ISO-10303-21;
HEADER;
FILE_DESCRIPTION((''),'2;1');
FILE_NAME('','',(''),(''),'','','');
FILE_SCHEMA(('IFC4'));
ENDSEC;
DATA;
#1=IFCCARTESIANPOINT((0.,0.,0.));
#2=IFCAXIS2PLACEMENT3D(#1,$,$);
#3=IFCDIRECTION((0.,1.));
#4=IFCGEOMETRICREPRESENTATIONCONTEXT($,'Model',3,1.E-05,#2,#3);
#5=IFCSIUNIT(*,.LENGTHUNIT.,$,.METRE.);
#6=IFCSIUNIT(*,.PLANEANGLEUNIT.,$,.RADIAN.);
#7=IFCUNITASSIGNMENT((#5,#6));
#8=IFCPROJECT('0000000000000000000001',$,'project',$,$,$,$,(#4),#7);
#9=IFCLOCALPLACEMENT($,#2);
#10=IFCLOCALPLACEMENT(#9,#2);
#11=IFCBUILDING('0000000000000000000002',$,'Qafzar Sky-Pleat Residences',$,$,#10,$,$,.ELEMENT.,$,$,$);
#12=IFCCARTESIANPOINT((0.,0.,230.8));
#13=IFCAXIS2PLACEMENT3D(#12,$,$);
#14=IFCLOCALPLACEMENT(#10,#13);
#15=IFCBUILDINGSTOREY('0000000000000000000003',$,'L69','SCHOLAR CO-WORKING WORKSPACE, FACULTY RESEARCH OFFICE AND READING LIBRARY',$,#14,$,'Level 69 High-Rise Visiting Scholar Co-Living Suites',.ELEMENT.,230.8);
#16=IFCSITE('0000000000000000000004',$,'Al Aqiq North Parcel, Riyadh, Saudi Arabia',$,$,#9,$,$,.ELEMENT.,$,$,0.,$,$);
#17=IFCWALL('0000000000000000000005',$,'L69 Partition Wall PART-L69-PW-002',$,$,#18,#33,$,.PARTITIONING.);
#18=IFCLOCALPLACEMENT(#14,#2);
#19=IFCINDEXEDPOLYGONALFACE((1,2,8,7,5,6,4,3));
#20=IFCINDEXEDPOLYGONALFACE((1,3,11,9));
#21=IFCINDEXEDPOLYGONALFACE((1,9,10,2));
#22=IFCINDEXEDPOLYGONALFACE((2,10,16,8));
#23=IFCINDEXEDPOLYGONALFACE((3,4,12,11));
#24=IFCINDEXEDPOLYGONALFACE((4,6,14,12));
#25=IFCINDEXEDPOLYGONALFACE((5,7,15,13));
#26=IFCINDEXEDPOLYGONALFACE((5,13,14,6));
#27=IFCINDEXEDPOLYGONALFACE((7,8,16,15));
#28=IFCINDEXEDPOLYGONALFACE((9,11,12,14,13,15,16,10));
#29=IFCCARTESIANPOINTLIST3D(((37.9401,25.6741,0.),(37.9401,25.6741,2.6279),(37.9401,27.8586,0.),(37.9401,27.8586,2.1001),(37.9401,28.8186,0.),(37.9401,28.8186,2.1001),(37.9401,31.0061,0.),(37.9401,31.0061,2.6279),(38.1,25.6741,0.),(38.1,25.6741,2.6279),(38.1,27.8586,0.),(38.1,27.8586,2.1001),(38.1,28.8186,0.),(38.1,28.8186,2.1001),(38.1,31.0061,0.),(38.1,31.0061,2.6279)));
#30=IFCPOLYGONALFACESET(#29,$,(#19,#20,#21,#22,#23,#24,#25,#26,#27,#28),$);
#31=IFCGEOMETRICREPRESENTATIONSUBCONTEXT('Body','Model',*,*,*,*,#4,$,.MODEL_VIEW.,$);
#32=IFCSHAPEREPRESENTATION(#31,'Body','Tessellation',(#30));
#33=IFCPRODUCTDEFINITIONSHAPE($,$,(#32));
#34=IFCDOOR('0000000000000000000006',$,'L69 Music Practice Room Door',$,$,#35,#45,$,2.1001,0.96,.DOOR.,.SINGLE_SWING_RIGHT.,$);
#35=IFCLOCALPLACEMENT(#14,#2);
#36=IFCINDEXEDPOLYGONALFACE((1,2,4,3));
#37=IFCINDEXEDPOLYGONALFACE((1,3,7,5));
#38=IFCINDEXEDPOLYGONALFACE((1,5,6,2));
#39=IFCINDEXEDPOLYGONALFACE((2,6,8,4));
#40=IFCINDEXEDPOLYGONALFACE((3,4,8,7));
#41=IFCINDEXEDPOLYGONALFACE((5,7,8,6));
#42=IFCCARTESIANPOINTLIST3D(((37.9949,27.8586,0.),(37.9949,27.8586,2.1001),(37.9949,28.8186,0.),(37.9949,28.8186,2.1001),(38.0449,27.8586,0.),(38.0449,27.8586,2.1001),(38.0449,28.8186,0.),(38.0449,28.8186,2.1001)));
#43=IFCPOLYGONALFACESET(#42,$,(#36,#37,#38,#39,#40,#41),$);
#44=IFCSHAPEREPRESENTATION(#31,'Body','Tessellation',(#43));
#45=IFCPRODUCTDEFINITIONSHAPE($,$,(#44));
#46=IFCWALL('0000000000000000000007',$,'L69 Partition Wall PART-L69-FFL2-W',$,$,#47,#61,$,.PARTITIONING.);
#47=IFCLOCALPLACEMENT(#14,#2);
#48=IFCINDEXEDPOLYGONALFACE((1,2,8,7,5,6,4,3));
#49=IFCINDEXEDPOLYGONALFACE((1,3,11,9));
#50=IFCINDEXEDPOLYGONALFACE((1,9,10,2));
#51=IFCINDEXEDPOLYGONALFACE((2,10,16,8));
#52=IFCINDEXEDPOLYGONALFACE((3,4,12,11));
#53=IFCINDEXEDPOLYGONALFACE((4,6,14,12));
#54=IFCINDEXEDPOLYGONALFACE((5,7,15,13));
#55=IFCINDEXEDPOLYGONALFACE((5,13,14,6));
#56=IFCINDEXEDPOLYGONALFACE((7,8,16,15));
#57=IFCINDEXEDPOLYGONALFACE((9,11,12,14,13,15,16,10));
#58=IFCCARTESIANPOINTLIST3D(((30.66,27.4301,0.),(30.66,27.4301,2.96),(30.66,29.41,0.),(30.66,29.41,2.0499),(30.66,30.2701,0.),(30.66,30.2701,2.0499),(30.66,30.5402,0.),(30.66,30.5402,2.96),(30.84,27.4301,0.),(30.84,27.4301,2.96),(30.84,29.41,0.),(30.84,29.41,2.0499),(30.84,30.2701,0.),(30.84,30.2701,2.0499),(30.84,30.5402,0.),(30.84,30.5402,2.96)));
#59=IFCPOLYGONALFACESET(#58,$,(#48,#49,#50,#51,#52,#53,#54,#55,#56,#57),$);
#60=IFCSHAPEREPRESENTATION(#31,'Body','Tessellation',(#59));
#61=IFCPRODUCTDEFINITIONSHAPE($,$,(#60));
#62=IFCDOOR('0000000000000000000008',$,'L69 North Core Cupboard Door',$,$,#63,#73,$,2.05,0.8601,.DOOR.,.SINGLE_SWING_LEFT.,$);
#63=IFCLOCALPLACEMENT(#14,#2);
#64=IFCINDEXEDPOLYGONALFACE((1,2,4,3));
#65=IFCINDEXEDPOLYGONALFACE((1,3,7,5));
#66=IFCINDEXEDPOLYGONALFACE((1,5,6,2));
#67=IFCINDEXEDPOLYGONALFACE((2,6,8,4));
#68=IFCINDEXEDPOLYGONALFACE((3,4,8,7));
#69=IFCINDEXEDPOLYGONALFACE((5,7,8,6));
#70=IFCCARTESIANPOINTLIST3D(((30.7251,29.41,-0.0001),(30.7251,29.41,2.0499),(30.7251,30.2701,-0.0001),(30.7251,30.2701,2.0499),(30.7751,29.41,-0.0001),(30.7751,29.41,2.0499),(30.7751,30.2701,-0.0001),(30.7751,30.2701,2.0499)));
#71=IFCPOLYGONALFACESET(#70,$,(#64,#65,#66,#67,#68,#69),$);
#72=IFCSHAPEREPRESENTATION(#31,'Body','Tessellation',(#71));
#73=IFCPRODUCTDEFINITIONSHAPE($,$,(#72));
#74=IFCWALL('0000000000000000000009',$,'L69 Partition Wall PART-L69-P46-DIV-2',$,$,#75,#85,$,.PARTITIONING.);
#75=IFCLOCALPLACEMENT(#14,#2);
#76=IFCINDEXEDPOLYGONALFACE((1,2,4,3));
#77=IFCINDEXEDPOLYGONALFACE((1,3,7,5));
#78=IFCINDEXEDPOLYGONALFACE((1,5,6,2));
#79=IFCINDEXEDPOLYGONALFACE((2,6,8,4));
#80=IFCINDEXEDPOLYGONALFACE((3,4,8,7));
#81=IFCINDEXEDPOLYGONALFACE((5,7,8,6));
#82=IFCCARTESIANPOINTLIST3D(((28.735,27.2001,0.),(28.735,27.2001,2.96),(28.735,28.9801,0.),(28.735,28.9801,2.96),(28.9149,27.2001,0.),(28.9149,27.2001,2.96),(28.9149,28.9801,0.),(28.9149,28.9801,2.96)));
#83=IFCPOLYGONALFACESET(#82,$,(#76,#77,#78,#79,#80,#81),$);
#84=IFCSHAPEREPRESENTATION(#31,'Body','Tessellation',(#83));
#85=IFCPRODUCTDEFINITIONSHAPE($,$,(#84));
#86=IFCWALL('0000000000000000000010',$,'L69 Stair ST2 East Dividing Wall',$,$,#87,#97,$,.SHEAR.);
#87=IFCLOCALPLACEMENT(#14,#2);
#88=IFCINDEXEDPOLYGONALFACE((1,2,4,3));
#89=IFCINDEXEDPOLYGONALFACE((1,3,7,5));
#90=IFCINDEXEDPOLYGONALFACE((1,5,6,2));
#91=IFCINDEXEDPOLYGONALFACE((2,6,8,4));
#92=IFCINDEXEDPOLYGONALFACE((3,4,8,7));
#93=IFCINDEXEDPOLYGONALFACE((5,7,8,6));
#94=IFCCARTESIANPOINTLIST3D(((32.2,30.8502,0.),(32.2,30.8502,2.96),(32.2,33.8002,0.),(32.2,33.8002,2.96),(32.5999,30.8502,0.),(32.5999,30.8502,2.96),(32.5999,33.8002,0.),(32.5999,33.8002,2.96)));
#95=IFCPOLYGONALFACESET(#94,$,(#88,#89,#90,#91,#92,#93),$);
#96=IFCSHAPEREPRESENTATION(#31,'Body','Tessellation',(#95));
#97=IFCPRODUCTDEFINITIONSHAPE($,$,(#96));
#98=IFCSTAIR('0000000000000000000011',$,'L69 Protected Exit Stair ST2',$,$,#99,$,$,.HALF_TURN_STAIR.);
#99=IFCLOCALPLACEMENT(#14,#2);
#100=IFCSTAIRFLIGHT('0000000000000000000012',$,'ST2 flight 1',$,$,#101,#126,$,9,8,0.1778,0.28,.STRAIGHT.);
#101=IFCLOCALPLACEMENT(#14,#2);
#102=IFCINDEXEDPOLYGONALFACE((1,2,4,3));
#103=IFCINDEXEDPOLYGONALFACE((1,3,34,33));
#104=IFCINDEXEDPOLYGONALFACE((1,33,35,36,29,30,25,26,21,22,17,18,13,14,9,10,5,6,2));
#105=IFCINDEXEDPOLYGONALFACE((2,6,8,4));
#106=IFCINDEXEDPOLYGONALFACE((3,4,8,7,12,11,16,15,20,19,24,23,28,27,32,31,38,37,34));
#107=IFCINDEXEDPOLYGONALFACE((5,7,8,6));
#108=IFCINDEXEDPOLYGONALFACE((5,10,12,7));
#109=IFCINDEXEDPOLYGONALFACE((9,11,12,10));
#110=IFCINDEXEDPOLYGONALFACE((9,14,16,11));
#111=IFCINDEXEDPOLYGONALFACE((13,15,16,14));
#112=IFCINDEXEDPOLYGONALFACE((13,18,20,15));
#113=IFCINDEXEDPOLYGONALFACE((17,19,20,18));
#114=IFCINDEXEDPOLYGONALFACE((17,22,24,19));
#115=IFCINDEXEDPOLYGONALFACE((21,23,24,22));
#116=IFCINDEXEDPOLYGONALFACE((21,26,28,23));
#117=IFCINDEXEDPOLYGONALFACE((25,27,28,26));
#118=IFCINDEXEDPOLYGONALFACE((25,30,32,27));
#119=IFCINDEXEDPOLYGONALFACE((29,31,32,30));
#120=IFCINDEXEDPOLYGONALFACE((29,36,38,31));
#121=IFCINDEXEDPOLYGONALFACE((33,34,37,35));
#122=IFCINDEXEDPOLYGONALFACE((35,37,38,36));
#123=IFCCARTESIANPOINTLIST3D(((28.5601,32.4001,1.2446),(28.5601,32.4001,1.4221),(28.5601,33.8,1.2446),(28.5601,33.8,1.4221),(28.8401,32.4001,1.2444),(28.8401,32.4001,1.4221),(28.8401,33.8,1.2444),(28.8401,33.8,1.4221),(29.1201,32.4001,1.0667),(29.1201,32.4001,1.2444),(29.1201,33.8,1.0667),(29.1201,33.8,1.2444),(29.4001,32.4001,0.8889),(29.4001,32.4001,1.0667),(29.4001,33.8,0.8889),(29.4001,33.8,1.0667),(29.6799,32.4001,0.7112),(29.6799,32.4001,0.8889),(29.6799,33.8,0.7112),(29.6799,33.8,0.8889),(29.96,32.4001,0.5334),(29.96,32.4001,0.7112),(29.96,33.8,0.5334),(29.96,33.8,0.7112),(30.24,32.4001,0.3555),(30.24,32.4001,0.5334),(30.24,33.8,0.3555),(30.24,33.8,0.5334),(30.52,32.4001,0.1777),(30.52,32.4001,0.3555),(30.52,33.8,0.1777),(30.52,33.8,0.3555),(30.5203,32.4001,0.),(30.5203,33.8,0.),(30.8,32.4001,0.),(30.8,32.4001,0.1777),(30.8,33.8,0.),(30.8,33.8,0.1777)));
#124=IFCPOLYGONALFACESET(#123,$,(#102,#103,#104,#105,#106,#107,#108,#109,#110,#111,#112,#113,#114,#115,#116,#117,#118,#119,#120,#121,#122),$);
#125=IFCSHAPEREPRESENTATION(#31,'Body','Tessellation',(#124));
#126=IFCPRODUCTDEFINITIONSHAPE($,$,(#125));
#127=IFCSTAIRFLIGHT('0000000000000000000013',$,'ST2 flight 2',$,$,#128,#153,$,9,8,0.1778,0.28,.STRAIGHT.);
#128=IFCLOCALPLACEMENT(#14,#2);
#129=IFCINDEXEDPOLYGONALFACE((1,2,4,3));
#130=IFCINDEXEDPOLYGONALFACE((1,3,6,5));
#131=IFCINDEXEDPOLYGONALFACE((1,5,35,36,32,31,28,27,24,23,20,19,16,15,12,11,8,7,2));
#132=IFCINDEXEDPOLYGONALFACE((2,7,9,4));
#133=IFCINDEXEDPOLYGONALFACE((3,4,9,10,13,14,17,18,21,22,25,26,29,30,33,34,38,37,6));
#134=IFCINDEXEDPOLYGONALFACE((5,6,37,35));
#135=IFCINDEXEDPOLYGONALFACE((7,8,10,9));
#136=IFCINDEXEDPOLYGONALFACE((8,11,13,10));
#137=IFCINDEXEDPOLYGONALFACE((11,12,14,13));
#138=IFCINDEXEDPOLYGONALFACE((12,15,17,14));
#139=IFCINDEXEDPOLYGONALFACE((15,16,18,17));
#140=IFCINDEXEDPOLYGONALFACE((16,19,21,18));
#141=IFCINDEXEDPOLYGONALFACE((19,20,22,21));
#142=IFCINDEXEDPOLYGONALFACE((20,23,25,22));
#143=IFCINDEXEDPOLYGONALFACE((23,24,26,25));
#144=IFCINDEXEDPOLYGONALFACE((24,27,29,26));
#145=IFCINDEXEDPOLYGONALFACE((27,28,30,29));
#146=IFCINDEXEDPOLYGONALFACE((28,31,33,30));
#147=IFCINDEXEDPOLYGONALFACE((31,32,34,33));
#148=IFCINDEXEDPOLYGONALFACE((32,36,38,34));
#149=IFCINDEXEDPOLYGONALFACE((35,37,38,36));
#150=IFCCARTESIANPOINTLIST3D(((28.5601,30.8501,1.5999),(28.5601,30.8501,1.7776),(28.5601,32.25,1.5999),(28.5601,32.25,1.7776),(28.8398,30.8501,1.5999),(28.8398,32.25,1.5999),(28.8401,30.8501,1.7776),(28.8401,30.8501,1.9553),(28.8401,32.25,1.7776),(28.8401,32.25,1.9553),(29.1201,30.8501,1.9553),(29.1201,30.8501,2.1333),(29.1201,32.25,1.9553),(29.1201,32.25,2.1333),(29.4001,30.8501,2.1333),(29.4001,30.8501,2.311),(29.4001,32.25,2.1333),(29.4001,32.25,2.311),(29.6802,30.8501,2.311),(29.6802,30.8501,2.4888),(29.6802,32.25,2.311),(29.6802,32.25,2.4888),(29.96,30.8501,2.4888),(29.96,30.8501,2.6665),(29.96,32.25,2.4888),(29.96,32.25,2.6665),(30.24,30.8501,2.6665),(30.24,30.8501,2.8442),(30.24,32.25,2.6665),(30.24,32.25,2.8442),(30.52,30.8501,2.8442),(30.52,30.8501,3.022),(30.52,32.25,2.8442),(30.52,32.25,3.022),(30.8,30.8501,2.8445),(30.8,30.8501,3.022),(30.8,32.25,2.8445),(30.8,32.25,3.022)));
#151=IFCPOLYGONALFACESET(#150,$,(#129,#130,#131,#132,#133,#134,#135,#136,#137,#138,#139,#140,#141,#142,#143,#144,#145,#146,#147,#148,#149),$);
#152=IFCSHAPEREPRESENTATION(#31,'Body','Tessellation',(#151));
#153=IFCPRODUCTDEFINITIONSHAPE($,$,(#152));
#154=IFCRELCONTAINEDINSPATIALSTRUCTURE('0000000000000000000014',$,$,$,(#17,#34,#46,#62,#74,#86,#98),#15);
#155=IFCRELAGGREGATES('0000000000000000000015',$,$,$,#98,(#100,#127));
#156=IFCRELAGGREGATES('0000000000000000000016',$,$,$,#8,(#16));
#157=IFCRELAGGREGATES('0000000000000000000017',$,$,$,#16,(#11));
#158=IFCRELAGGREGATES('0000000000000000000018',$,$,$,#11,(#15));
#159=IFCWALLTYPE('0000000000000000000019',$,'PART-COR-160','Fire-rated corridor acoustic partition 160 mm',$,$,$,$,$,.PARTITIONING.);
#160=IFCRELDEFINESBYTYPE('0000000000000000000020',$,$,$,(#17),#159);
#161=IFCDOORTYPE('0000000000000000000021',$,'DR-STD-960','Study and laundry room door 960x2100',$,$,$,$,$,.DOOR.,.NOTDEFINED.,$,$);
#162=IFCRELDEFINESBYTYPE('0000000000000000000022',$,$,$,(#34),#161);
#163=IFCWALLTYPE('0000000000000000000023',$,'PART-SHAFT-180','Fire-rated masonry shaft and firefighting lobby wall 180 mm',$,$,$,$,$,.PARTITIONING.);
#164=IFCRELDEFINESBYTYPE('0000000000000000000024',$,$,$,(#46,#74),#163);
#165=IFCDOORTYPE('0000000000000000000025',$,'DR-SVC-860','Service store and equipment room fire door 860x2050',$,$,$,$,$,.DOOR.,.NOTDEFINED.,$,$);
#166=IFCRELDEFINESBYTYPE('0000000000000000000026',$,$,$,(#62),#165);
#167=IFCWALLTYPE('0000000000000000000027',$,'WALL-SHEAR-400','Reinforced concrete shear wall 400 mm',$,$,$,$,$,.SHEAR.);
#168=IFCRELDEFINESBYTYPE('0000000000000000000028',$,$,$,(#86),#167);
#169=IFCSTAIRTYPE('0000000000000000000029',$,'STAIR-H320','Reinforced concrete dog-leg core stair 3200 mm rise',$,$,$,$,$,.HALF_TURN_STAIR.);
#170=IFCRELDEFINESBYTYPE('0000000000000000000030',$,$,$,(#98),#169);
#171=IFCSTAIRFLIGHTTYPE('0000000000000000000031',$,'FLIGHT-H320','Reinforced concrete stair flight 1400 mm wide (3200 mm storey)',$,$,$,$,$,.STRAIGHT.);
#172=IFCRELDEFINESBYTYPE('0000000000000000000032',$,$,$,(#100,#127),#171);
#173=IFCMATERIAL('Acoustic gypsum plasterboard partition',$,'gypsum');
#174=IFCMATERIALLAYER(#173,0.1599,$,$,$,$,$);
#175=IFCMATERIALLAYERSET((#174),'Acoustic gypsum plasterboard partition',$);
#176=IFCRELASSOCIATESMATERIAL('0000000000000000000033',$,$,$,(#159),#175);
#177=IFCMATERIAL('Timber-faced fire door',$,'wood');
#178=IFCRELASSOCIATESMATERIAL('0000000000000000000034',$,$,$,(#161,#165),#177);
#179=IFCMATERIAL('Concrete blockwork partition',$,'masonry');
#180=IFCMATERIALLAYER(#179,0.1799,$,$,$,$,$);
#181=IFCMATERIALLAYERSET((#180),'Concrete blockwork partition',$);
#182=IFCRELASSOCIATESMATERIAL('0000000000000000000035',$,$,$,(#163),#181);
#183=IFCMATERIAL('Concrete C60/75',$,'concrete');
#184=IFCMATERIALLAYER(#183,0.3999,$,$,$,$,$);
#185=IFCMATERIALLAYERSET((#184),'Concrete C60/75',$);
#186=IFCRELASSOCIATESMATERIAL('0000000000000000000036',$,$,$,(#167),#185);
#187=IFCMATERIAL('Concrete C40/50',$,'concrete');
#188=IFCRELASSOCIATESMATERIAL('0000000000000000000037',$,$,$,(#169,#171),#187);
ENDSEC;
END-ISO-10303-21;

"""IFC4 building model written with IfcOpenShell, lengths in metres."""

from ifc_helpers import new_model, si_unit, direction, frame, frame_2d, origin, place, context, subcontext, project, spatial, polyline, rectangle, outline, extrude, source, transform, mapped, material, layer, layer_set, type_object, element, fill, aggregate, save


model = new_model("IFC4")

# Units and contexts
model_context = context("Model", 3, precision=1e-05, world=origin(), true_north=direction((0.0, 1.0)))
body_context = subcontext(model_context, "Body", "Model", "MODEL_VIEW")
ifc_project = project(units=[si_unit("LENGTHUNIT", "METRE"), si_unit("PLANEANGLEUNIT", "RADIAN")], contexts=[model_context])

# Site, building, storey
site_placement = place(None, origin())
site = spatial("IfcSite", under=ifc_project, at=site_placement, Name="Al Aqiq North Parcel, Riyadh, Saudi Arabia", CompositionType="ELEMENT", RefElevation=0.0)
building_placement = place(site_placement, origin())
building = spatial("IfcBuilding", under=site, at=building_placement, Name="Qafzar Sky-Pleat Residences", CompositionType="ELEMENT")
storey_placement = place(building_placement, frame((0.0, 0.0, 230.8)))
storey = spatial("IfcBuildingStorey", under=building, at=storey_placement, Name="L69", Description="SCHOLAR CO-WORKING WORKSPACE, FACULTY RESEARCH OFFICE AND READING LIBRARY", LongName="Level 69 High-Rise Visiting Scholar Co-Living Suites", CompositionType="ELEMENT", Elevation=230.8)

# Walls, openings, doors
ifc_material_1 = material(Name="Acoustic gypsum plasterboard partition", Category="gypsum")
ifc_layer_1 = layer(ifc_material_1, 0.1599)
ifc_layer_set_1 = layer_set([ifc_layer_1], Name="Acoustic gypsum plasterboard partition")
wall_type_1 = type_object("IfcWallType", Name="PART-COR-160", Description="Fire-rated corridor acoustic partition 160 mm", PredefinedType="PARTITIONING", material=ifc_layer_set_1)
wall_1_placement = place(storey_placement, frame((38.02, 31.0061, 0.0), z_axis=(0.0, 0.0, 1.0), x_axis=(0.0, -1.0, 0.0)))
wall_1 = element("IfcWall", 1, at=wall_1_placement, inside=storey, type_object=wall_type_1, Name="L69 Partition Wall PART-L69-PW-002", PredefinedType="PARTITIONING", context=body_context, shape_type="SweptSolid", body=[
    extrude(rectangle(XDim=5.332, YDim=0.1599, at=frame_2d((2.666, 0.0))), origin(), (0.0, 0.0, 1.0), 2.6279),
])
opening_1_placement = place(wall_1_placement, frame((2.1875, 0.0, 0.0)))
opening_1 = element("IfcOpeningElement", 2, at=opening_1_placement, cuts=wall_1, PredefinedType="OPENING", context=body_context, shape_type="SweptSolid", body=[
    extrude(rectangle(XDim=0.96, YDim=2.1001, at=frame_2d((0.48, 1.05))), frame((0.0, 0.0898, 0.0), z_axis=(0.0, -1.0, 0.0), x_axis=(1.0, 0.0, 0.0)), (0.0, 0.0, 1.0), 0.1799),
])
ifc_material_2 = material(Name="Timber-faced fire door", Category="wood")
door_type_1 = type_object("IfcDoorType", Name="DR-STD-960", Description="Study and laundry room door 960x2100", OperationType="NOTDEFINED", PredefinedType="DOOR", material=ifc_material_2)
shared_shape_1 = source(origin(), body_context, "Body", "SweptSolid", [
    extrude(rectangle(XDim=0.96, YDim=2.1001, at=frame_2d((0.48, 1.05))), frame((0.0, 0.0249, 0.0), z_axis=(0.0, -1.0, 0.0), x_axis=(1.0, 0.0, 0.0)), (0.0, 0.0, 1.0), 0.05),
])
door_1_placement = place(opening_1_placement, origin())
door_1 = element("IfcDoor", 3, at=door_1_placement, inside=storey, type_object=door_type_1, Name="L69 Music Practice Room Door", OperationType="SINGLE_SWING_RIGHT", OverallHeight=2.1001, OverallWidth=0.96, PredefinedType="DOOR", context=body_context, shape_type="MappedRepresentation", body=[
    mapped(shared_shape_1, transform((0.0, 0.0, 0.0), x_axis=(1.0, 0.0, 0.0), y_axis=(0.0, 1.0, 0.0), z_axis=(0.0, 0.0, 1.0), scale=1.0)),
])
fill(opening_1, door_1)
ifc_material_3 = material(Name="Concrete blockwork partition", Category="masonry")
ifc_layer_2 = layer(ifc_material_3, 0.1799)
ifc_layer_set_2 = layer_set([ifc_layer_2], Name="Concrete blockwork partition")
wall_type_2 = type_object("IfcWallType", Name="PART-SHAFT-180", Description="Fire-rated masonry shaft and firefighting lobby wall 180 mm", PredefinedType="PARTITIONING", material=ifc_layer_set_2)
wall_2_placement = place(storey_placement, frame((30.75, 27.4299, 0.0), z_axis=(0.0, 0.0, 1.0), x_axis=(0.0, 1.0, 0.0)))
wall_2 = element("IfcWall", 4, at=wall_2_placement, inside=storey, type_object=wall_type_2, Name="L69 Partition Wall PART-L69-FFL2-W", PredefinedType="PARTITIONING", context=body_context, shape_type="SweptSolid", body=[
    extrude(rectangle(XDim=3.1101, YDim=0.1799, at=frame_2d((1.5552, 0.0))), origin(), (0.0, 0.0, 1.0), 2.96),
])
opening_2_placement = place(wall_2_placement, frame((1.98, 0.0, 0.0)))
opening_2 = element("IfcOpeningElement", 5, at=opening_2_placement, cuts=wall_2, PredefinedType="OPENING", context=body_context, shape_type="SweptSolid", body=[
    extrude(rectangle(XDim=0.8601, YDim=2.05, at=frame_2d((0.4302, 1.0249))), frame((0.0, 0.1001, 0.0), z_axis=(0.0, -1.0, 0.0), x_axis=(1.0, 0.0, 0.0)), (0.0, 0.0, 1.0), 0.2),
])
door_type_2 = type_object("IfcDoorType", Name="DR-SVC-860", Description="Service store and equipment room fire door 860x2050", OperationType="NOTDEFINED", PredefinedType="DOOR", material=ifc_material_2)
shared_shape_2 = source(origin(), body_context, "Body", "SweptSolid", [
    extrude(rectangle(XDim=0.8601, YDim=2.05, at=frame_2d((0.4302, 1.0249))), frame((0.0, 0.0249, 0.0), z_axis=(0.0, -1.0, 0.0), x_axis=(1.0, 0.0, 0.0)), (0.0, 0.0, 1.0), 0.05),
])
door_2_placement = place(opening_2_placement, origin())
door_2 = element("IfcDoor", 6, at=door_2_placement, inside=storey, type_object=door_type_2, Name="L69 North Core Cupboard Door", OperationType="SINGLE_SWING_LEFT", OverallHeight=2.05, OverallWidth=0.8601, PredefinedType="DOOR", context=body_context, shape_type="MappedRepresentation", body=[
    mapped(shared_shape_2, transform((0.0, 0.0, 0.0), x_axis=(1.0, 0.0, 0.0), y_axis=(0.0, 1.0, 0.0), z_axis=(0.0, 0.0, 1.0), scale=1.0)),
])
fill(opening_2, door_2)

# Walls
wall_3_placement = place(storey_placement, frame((28.825, 27.2, 0.0), z_axis=(0.0, 0.0, 1.0), x_axis=(0.0, 1.0, 0.0)))
element("IfcWall", 7, at=wall_3_placement, inside=storey, type_object=wall_type_2, Name="L69 Partition Wall PART-L69-P46-DIV-2", PredefinedType="PARTITIONING", context=body_context, shape_type="SweptSolid", body=[
    extrude(rectangle(XDim=1.78, YDim=0.1799, at=frame_2d((0.8901, 0.0))), origin(), (0.0, 0.0, 1.0), 2.96),
])
ifc_material_4 = material(Name="Concrete C60/75", Category="concrete")
ifc_layer_3 = layer(ifc_material_4, 0.3999)
ifc_layer_set_3 = layer_set([ifc_layer_3], Name="Concrete C60/75")
wall_type_3 = type_object("IfcWallType", Name="WALL-SHEAR-400", Description="Reinforced concrete shear wall 400 mm", PredefinedType="SHEAR", material=ifc_layer_set_3)
wall_4_placement = place(storey_placement, frame((32.3999, 30.8501, 0.0), z_axis=(0.0, 0.0, 1.0), x_axis=(0.0, 1.0, 0.0)))
element("IfcWall", 8, at=wall_4_placement, inside=storey, type_object=wall_type_3, Name="L69 Stair ST2 East Dividing Wall", PredefinedType="SHEAR", context=body_context, shape_type="SweptSolid", body=[
    extrude(rectangle(XDim=2.95, YDim=0.3999, at=frame_2d((1.4751, 0.0))), origin(), (0.0, 0.0, 1.0), 2.96),
])

# Stair, stair flights
ifc_material_5 = material(Name="Concrete C40/50", Category="concrete")
stair_type = type_object("IfcStairType", Name="STAIR-H320", Description="Reinforced concrete dog-leg core stair 3200 mm rise", PredefinedType="HALF_TURN_STAIR", material=ifc_material_5)
stair_placement = place(storey_placement, origin())
stair = element("IfcStair", 9, at=stair_placement, inside=storey, type_object=stair_type, Name="L69 Protected Exit Stair ST2", PredefinedType="HALF_TURN_STAIR")
stair_flight_type = type_object("IfcStairFlightType", Name="FLIGHT-H320", Description="Reinforced concrete stair flight 1400 mm wide (3200 mm storey)", PredefinedType="STRAIGHT", material=ifc_material_5)
shared_shape_3 = source(origin(), body_context, "Body", "SweptSolid", [
    extrude(outline(polyline([(0.0, 0.0), (0.0, 0.1777), (0.28, 0.1777), (0.28, 0.3555), (0.5601, 0.3555), (0.5601, 0.5334), (0.8401, 0.5334), (0.8401, 0.7112), (1.1201, 0.7112), (1.1201, 0.8889), (1.3999, 0.8889), (1.3999, 1.0667), (1.6799, 1.0667), (1.6799, 1.2444), (1.96, 1.2444), (1.96, 1.4221), (2.24, 1.4221), (2.24, 1.6001), (2.24, 1.2446), (0.2798, 0.0), (0.0, 0.0)])), frame((0.0, 0.7, 0.0), z_axis=(0.0, -1.0, 0.0), x_axis=(1.0, 0.0, 0.0)), (0.0, 0.0, 1.0), 1.3999),
])
stair_flight_1_placement = place(storey_placement, frame((30.8, 33.1001, 0.0), z_axis=(0.0, 0.0, 1.0), x_axis=(-1.0, 0.0, 0.0)))
stair_flight_1 = element("IfcStairFlight", 10, at=stair_flight_1_placement, type_object=stair_flight_type, Name="ST2 flight 1", NumberOfRisers=9, NumberOfTreads=8, PredefinedType="STRAIGHT", RiserHeight=0.1778, TreadLength=0.28, context=body_context, shape_type="MappedRepresentation", body=[
    mapped(shared_shape_3, transform((0.0, 0.0, 0.0), x_axis=(1.0, 0.0, 0.0), y_axis=(0.0, 1.0, 0.0), z_axis=(0.0, 0.0, 1.0), scale=1.0)),
])
stair_flight_2_placement = place(storey_placement, frame((28.5601, 31.55, 1.5999), z_axis=(0.0, 0.0, 1.0), x_axis=(1.0, 0.0, 0.0)))
stair_flight_2 = element("IfcStairFlight", 11, at=stair_flight_2_placement, type_object=stair_flight_type, Name="ST2 flight 2", NumberOfRisers=9, NumberOfTreads=8, PredefinedType="STRAIGHT", RiserHeight=0.1778, TreadLength=0.28, context=body_context, shape_type="MappedRepresentation", body=[
    mapped(shared_shape_3, transform((0.0, 0.0, 0.0), x_axis=(1.0, 0.0, 0.0), y_axis=(0.0, 1.0, 0.0), z_axis=(0.0, 0.0, 1.0), scale=1.0)),
])
aggregate(stair, [stair_flight_1, stair_flight_2])

save(model, "model.ifc")
